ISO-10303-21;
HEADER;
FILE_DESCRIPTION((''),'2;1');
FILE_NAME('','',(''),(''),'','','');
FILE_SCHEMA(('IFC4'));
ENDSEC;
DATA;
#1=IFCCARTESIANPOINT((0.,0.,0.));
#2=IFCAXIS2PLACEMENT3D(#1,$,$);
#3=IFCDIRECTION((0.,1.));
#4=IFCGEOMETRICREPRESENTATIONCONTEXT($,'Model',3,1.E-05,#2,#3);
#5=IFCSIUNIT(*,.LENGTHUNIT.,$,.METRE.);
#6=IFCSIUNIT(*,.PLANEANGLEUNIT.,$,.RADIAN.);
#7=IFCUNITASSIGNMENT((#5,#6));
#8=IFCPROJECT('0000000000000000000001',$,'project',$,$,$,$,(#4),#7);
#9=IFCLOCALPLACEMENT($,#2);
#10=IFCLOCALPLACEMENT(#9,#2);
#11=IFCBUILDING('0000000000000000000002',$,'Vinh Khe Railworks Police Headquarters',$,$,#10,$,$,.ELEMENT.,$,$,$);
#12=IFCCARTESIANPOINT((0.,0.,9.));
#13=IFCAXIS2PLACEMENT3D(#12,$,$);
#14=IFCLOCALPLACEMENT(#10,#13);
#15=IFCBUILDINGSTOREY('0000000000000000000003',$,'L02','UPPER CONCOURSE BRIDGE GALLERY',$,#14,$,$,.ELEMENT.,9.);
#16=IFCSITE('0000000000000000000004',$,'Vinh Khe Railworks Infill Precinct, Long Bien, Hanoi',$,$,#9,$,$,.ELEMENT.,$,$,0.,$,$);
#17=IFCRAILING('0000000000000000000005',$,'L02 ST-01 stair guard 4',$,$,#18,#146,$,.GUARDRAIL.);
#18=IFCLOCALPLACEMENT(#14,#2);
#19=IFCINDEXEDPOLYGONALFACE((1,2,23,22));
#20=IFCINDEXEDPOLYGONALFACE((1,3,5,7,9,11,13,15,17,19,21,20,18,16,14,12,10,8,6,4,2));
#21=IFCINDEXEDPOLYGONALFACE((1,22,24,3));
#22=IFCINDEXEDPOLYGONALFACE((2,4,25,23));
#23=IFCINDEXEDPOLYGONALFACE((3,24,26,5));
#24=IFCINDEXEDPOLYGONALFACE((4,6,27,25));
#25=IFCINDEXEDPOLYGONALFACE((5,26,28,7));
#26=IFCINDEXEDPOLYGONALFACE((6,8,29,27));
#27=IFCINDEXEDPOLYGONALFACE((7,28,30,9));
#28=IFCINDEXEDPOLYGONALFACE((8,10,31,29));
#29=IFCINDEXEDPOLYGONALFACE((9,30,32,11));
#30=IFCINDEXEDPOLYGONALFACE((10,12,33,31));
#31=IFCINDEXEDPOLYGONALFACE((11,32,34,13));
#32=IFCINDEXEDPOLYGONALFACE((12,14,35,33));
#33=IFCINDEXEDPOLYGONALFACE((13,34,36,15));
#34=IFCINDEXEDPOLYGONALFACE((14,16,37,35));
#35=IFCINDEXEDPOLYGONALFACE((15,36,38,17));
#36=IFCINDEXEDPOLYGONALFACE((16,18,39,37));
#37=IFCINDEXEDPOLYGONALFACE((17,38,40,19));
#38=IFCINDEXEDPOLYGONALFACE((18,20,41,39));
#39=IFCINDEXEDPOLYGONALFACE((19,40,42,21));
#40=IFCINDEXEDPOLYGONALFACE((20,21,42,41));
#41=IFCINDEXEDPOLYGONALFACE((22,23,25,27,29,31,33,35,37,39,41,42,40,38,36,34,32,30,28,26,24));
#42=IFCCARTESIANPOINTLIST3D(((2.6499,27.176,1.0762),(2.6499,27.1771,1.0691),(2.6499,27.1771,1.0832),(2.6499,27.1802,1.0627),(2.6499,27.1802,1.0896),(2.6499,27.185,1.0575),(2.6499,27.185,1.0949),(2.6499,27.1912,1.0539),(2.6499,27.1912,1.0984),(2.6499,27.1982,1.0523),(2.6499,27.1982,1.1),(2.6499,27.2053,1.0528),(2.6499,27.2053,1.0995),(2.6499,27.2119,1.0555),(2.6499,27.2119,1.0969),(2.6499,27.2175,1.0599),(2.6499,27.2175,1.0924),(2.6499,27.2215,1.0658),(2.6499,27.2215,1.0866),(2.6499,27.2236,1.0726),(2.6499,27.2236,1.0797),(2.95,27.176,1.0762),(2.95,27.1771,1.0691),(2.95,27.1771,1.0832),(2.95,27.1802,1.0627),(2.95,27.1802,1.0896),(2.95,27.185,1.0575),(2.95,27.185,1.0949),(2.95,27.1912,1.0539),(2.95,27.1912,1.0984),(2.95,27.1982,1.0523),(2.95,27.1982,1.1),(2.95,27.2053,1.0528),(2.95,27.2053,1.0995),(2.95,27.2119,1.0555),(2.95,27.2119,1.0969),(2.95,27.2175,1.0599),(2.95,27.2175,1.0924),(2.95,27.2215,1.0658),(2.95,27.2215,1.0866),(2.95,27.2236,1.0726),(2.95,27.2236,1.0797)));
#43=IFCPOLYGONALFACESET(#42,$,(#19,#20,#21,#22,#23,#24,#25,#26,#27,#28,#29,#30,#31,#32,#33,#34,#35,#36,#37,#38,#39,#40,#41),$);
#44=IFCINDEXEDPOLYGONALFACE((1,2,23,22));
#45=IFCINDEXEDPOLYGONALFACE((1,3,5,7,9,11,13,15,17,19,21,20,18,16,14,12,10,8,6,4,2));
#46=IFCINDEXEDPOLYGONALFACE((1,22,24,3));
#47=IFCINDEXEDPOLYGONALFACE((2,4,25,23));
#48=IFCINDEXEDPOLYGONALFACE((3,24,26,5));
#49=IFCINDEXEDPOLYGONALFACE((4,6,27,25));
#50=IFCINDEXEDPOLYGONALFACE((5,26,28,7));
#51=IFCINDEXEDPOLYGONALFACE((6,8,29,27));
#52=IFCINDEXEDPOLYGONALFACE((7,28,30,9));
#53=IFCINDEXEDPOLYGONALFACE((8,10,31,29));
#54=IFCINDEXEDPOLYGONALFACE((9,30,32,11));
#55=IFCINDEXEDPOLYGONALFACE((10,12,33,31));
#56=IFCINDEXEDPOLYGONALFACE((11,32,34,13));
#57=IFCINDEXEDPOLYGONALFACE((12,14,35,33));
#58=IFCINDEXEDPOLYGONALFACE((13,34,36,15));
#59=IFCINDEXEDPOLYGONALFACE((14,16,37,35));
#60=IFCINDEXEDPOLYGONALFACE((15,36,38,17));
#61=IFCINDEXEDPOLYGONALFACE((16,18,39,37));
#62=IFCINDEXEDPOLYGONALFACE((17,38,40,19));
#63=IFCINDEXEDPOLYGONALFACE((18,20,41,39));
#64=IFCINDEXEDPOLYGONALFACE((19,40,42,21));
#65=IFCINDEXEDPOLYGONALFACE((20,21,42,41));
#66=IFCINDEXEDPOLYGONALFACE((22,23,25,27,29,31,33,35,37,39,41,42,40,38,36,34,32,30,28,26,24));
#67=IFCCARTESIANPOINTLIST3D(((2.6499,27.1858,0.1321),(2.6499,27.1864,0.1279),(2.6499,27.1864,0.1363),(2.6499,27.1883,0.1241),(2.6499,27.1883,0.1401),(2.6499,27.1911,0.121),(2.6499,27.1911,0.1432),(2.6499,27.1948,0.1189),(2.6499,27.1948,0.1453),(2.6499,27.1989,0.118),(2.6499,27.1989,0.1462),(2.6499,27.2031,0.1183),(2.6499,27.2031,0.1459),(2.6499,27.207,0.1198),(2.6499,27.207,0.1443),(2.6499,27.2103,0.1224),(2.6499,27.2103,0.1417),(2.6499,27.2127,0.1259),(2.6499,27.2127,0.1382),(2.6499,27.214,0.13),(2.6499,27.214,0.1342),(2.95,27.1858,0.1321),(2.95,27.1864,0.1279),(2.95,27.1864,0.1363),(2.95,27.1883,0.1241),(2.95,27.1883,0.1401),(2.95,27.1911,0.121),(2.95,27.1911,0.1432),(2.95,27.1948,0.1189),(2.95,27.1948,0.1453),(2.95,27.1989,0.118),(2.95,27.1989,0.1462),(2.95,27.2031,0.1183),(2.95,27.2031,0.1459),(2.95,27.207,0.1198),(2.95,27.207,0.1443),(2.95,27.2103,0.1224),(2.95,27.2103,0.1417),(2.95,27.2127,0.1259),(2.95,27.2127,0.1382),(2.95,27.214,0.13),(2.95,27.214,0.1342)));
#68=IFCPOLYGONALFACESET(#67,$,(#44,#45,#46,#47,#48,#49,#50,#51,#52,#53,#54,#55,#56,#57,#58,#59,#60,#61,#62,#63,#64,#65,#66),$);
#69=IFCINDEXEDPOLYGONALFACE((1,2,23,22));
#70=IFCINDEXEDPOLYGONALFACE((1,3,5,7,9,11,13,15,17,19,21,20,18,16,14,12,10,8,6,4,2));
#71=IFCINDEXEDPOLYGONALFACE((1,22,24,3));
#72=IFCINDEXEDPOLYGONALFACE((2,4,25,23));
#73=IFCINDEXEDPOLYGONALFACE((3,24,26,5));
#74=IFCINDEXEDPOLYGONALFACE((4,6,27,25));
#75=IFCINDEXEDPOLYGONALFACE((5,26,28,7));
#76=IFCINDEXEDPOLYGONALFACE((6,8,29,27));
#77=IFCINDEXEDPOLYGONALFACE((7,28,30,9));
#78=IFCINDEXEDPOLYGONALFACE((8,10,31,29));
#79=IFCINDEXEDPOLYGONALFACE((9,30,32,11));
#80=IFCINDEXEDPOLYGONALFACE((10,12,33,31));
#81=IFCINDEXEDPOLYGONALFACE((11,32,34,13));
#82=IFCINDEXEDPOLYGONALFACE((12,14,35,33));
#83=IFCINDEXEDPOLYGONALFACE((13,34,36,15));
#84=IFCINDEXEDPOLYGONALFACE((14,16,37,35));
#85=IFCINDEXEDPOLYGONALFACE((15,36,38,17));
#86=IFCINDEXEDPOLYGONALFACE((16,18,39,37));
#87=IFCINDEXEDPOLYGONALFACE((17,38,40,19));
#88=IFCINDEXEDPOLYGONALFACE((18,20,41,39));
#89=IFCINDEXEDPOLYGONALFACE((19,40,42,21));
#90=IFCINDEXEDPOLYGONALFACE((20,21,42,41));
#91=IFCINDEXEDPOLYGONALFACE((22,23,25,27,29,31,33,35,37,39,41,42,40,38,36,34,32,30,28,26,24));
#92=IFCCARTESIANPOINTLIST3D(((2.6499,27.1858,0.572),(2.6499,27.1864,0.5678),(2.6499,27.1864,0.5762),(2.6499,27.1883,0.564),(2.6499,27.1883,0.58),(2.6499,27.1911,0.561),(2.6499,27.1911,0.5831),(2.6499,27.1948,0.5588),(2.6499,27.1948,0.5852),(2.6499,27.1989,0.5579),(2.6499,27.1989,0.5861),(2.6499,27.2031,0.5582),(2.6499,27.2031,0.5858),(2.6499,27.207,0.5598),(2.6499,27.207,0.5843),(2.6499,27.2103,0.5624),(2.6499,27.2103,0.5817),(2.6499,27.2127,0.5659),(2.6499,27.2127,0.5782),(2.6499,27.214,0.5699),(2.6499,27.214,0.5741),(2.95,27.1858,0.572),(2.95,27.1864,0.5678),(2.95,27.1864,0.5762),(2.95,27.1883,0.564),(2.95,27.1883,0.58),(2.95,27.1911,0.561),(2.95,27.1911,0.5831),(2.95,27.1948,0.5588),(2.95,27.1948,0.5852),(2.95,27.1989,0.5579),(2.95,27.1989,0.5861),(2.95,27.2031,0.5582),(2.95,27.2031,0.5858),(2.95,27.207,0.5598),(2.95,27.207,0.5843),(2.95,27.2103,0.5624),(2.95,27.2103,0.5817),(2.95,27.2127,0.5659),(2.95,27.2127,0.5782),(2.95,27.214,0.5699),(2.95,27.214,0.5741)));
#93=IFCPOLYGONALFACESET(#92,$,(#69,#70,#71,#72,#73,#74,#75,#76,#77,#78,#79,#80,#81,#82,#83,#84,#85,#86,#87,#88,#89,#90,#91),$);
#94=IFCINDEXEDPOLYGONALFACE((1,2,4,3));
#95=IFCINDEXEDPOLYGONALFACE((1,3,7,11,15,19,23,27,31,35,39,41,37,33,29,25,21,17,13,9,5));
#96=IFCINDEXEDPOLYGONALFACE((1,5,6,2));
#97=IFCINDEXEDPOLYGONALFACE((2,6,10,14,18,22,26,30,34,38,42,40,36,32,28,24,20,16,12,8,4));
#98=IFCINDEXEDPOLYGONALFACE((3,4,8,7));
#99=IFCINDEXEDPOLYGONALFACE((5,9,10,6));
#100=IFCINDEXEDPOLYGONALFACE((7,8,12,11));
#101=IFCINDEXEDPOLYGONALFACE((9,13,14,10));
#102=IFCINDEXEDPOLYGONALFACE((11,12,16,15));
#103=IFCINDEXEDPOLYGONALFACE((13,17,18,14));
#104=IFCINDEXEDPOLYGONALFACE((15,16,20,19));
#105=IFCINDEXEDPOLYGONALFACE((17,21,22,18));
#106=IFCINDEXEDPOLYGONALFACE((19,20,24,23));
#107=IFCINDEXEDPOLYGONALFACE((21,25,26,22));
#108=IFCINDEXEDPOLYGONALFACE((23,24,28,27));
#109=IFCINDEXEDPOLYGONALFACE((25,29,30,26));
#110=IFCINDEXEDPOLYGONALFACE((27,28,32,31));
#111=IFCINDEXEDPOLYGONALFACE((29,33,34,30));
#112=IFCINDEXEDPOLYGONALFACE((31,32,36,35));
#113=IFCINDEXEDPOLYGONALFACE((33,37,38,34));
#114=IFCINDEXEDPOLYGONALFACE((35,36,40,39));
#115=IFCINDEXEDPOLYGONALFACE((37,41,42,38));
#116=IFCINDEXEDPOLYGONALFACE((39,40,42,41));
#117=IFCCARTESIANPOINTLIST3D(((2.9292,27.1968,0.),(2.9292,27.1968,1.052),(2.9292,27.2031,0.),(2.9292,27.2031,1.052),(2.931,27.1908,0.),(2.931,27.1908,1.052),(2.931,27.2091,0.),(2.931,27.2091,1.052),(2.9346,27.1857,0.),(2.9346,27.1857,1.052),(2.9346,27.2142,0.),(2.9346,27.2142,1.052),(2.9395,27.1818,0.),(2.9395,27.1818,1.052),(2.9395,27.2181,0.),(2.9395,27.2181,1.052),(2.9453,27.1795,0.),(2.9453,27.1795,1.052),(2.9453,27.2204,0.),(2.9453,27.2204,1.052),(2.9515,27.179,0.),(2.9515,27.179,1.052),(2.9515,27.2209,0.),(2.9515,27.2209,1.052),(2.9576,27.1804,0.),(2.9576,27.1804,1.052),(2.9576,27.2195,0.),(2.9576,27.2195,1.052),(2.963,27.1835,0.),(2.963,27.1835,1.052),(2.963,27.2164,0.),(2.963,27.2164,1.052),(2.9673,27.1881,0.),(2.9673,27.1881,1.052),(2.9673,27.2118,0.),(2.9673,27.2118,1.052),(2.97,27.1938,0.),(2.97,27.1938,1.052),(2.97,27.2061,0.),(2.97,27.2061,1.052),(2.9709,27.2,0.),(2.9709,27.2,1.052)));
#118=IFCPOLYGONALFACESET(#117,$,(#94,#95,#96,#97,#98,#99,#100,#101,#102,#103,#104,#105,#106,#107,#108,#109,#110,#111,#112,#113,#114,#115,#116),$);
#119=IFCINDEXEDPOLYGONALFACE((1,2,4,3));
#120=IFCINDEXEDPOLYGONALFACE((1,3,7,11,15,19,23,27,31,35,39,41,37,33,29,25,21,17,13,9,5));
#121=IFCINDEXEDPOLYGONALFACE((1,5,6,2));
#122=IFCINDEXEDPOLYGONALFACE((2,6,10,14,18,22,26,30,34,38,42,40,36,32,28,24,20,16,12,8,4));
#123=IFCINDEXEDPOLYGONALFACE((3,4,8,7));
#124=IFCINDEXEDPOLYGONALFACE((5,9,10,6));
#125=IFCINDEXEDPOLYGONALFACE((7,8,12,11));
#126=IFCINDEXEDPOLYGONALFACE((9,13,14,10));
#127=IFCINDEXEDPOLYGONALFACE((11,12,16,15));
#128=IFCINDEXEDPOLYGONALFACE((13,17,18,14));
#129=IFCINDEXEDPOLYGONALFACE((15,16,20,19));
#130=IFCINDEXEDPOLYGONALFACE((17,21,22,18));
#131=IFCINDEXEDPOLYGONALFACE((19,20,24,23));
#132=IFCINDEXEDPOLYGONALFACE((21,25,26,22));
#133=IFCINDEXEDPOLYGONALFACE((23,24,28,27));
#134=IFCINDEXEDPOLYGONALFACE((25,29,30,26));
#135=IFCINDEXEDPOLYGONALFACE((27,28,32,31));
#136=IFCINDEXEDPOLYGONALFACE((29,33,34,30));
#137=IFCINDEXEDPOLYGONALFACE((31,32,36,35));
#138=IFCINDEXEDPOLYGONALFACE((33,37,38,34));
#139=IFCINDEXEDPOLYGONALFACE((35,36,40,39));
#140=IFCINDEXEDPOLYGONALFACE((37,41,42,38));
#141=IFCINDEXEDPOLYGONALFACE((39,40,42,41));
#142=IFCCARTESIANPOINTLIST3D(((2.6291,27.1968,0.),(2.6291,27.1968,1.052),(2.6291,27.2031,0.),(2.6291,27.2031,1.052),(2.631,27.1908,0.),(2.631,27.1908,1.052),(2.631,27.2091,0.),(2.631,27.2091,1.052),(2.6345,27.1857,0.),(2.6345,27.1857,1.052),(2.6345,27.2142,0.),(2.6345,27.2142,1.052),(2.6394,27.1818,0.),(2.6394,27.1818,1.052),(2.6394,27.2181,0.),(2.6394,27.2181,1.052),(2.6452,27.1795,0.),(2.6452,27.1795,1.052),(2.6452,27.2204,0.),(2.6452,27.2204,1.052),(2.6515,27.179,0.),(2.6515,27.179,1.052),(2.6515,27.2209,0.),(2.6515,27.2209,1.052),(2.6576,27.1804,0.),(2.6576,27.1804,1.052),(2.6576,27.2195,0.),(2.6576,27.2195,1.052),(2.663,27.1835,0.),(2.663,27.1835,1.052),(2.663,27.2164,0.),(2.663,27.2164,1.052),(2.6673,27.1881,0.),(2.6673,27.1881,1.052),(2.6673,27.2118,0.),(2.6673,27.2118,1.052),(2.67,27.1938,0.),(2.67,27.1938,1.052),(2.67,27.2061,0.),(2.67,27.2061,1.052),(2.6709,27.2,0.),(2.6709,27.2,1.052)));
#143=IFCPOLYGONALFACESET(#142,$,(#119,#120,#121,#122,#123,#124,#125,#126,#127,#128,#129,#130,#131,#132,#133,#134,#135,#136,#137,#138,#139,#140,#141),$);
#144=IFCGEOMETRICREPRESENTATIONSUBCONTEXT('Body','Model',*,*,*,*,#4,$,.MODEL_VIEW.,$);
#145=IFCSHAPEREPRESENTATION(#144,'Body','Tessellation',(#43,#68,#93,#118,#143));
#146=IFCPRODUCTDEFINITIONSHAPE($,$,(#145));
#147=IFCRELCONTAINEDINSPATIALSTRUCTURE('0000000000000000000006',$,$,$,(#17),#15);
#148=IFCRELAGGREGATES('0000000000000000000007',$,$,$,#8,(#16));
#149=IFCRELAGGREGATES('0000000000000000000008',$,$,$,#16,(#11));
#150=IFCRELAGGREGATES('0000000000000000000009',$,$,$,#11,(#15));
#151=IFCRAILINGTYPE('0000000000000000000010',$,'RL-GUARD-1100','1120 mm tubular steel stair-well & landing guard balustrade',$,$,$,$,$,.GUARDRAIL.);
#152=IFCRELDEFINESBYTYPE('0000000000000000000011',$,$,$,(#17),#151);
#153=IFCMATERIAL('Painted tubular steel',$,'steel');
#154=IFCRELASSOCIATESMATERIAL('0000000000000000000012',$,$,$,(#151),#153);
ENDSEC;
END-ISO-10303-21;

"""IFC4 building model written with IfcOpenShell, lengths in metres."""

from ifc_helpers import new_model, si_unit, direction, frame, origin, origin_2d, place, context, subcontext, project, spatial, circle, extrude, material, type_object, element, save


model = new_model("IFC4")

# Units and contexts
model_context = context("Model", 3, precision=1e-05, world=origin(), true_north=direction((0.0, 1.0)))
body_context = subcontext(model_context, "Body", "Model", "MODEL_VIEW")
ifc_project = project(units=[si_unit("LENGTHUNIT", "METRE"), si_unit("PLANEANGLEUNIT", "RADIAN")], contexts=[model_context])

# Site, building, storey
site_placement = place(None, origin())
site = spatial("IfcSite", under=ifc_project, at=site_placement, Name="Vinh Khe Railworks Infill Precinct, Long Bien, Hanoi", CompositionType="ELEMENT", RefElevation=0.0)
building_placement = place(site_placement, origin())
building = spatial("IfcBuilding", under=site, at=building_placement, Name="Vinh Khe Railworks Police Headquarters", CompositionType="ELEMENT")
storey_placement = place(building_placement, frame((0.0, 0.0, 9.0)))
storey = spatial("IfcBuildingStorey", under=building, at=storey_placement, Name="L02", Description="UPPER CONCOURSE BRIDGE GALLERY", CompositionType="ELEMENT", Elevation=9.0)

# Railing
ifc_material_1 = material(Name="Painted tubular steel", Category="steel")
railing_type_1 = type_object("IfcRailingType", Name="RL-GUARD-1100", Description="1120 mm tubular steel stair-well & landing guard balustrade", PredefinedType="GUARDRAIL", material=ifc_material_1)
railing_1_placement = place(storey_placement, frame((2.95, 27.2, 0.0)))
element("IfcRailing", 1, at=railing_1_placement, inside=storey, type_object=railing_type_1, Name="L02 ST-01 stair guard 4", PredefinedType="GUARDRAIL", context=body_context, shape_type="SweptSolid", body=[
    extrude(circle(Radius=0.0239, at=origin_2d()), frame((0.0, 0.0, 1.0762), z_axis=(-1.0, 0.0, 0.0), x_axis=(0.0, -1.0, 0.0)), (0.0, 0.0, 1.0), 0.3),
    extrude(circle(Radius=0.0142, at=origin_2d()), frame((0.0, 0.0, 0.1321), z_axis=(-1.0, 0.0, 0.0), x_axis=(0.0, -1.0, 0.0)), (0.0, 0.0, 1.0), 0.3),
    extrude(circle(Radius=0.0142, at=origin_2d()), frame((0.0, 0.0, 0.572), z_axis=(-1.0, 0.0, 0.0), x_axis=(0.0, -1.0, 0.0)), (0.0, 0.0, 1.0), 0.3),
    extrude(circle(Radius=0.021, at=origin_2d()), origin(), (0.0, 0.0, 1.0), 1.052),
    extrude(circle(Radius=0.021, at=origin_2d()), frame((-0.3, 0.0, 0.0)), (0.0, 0.0, 1.0), 1.052),
])

save(model, "model.ifc")
